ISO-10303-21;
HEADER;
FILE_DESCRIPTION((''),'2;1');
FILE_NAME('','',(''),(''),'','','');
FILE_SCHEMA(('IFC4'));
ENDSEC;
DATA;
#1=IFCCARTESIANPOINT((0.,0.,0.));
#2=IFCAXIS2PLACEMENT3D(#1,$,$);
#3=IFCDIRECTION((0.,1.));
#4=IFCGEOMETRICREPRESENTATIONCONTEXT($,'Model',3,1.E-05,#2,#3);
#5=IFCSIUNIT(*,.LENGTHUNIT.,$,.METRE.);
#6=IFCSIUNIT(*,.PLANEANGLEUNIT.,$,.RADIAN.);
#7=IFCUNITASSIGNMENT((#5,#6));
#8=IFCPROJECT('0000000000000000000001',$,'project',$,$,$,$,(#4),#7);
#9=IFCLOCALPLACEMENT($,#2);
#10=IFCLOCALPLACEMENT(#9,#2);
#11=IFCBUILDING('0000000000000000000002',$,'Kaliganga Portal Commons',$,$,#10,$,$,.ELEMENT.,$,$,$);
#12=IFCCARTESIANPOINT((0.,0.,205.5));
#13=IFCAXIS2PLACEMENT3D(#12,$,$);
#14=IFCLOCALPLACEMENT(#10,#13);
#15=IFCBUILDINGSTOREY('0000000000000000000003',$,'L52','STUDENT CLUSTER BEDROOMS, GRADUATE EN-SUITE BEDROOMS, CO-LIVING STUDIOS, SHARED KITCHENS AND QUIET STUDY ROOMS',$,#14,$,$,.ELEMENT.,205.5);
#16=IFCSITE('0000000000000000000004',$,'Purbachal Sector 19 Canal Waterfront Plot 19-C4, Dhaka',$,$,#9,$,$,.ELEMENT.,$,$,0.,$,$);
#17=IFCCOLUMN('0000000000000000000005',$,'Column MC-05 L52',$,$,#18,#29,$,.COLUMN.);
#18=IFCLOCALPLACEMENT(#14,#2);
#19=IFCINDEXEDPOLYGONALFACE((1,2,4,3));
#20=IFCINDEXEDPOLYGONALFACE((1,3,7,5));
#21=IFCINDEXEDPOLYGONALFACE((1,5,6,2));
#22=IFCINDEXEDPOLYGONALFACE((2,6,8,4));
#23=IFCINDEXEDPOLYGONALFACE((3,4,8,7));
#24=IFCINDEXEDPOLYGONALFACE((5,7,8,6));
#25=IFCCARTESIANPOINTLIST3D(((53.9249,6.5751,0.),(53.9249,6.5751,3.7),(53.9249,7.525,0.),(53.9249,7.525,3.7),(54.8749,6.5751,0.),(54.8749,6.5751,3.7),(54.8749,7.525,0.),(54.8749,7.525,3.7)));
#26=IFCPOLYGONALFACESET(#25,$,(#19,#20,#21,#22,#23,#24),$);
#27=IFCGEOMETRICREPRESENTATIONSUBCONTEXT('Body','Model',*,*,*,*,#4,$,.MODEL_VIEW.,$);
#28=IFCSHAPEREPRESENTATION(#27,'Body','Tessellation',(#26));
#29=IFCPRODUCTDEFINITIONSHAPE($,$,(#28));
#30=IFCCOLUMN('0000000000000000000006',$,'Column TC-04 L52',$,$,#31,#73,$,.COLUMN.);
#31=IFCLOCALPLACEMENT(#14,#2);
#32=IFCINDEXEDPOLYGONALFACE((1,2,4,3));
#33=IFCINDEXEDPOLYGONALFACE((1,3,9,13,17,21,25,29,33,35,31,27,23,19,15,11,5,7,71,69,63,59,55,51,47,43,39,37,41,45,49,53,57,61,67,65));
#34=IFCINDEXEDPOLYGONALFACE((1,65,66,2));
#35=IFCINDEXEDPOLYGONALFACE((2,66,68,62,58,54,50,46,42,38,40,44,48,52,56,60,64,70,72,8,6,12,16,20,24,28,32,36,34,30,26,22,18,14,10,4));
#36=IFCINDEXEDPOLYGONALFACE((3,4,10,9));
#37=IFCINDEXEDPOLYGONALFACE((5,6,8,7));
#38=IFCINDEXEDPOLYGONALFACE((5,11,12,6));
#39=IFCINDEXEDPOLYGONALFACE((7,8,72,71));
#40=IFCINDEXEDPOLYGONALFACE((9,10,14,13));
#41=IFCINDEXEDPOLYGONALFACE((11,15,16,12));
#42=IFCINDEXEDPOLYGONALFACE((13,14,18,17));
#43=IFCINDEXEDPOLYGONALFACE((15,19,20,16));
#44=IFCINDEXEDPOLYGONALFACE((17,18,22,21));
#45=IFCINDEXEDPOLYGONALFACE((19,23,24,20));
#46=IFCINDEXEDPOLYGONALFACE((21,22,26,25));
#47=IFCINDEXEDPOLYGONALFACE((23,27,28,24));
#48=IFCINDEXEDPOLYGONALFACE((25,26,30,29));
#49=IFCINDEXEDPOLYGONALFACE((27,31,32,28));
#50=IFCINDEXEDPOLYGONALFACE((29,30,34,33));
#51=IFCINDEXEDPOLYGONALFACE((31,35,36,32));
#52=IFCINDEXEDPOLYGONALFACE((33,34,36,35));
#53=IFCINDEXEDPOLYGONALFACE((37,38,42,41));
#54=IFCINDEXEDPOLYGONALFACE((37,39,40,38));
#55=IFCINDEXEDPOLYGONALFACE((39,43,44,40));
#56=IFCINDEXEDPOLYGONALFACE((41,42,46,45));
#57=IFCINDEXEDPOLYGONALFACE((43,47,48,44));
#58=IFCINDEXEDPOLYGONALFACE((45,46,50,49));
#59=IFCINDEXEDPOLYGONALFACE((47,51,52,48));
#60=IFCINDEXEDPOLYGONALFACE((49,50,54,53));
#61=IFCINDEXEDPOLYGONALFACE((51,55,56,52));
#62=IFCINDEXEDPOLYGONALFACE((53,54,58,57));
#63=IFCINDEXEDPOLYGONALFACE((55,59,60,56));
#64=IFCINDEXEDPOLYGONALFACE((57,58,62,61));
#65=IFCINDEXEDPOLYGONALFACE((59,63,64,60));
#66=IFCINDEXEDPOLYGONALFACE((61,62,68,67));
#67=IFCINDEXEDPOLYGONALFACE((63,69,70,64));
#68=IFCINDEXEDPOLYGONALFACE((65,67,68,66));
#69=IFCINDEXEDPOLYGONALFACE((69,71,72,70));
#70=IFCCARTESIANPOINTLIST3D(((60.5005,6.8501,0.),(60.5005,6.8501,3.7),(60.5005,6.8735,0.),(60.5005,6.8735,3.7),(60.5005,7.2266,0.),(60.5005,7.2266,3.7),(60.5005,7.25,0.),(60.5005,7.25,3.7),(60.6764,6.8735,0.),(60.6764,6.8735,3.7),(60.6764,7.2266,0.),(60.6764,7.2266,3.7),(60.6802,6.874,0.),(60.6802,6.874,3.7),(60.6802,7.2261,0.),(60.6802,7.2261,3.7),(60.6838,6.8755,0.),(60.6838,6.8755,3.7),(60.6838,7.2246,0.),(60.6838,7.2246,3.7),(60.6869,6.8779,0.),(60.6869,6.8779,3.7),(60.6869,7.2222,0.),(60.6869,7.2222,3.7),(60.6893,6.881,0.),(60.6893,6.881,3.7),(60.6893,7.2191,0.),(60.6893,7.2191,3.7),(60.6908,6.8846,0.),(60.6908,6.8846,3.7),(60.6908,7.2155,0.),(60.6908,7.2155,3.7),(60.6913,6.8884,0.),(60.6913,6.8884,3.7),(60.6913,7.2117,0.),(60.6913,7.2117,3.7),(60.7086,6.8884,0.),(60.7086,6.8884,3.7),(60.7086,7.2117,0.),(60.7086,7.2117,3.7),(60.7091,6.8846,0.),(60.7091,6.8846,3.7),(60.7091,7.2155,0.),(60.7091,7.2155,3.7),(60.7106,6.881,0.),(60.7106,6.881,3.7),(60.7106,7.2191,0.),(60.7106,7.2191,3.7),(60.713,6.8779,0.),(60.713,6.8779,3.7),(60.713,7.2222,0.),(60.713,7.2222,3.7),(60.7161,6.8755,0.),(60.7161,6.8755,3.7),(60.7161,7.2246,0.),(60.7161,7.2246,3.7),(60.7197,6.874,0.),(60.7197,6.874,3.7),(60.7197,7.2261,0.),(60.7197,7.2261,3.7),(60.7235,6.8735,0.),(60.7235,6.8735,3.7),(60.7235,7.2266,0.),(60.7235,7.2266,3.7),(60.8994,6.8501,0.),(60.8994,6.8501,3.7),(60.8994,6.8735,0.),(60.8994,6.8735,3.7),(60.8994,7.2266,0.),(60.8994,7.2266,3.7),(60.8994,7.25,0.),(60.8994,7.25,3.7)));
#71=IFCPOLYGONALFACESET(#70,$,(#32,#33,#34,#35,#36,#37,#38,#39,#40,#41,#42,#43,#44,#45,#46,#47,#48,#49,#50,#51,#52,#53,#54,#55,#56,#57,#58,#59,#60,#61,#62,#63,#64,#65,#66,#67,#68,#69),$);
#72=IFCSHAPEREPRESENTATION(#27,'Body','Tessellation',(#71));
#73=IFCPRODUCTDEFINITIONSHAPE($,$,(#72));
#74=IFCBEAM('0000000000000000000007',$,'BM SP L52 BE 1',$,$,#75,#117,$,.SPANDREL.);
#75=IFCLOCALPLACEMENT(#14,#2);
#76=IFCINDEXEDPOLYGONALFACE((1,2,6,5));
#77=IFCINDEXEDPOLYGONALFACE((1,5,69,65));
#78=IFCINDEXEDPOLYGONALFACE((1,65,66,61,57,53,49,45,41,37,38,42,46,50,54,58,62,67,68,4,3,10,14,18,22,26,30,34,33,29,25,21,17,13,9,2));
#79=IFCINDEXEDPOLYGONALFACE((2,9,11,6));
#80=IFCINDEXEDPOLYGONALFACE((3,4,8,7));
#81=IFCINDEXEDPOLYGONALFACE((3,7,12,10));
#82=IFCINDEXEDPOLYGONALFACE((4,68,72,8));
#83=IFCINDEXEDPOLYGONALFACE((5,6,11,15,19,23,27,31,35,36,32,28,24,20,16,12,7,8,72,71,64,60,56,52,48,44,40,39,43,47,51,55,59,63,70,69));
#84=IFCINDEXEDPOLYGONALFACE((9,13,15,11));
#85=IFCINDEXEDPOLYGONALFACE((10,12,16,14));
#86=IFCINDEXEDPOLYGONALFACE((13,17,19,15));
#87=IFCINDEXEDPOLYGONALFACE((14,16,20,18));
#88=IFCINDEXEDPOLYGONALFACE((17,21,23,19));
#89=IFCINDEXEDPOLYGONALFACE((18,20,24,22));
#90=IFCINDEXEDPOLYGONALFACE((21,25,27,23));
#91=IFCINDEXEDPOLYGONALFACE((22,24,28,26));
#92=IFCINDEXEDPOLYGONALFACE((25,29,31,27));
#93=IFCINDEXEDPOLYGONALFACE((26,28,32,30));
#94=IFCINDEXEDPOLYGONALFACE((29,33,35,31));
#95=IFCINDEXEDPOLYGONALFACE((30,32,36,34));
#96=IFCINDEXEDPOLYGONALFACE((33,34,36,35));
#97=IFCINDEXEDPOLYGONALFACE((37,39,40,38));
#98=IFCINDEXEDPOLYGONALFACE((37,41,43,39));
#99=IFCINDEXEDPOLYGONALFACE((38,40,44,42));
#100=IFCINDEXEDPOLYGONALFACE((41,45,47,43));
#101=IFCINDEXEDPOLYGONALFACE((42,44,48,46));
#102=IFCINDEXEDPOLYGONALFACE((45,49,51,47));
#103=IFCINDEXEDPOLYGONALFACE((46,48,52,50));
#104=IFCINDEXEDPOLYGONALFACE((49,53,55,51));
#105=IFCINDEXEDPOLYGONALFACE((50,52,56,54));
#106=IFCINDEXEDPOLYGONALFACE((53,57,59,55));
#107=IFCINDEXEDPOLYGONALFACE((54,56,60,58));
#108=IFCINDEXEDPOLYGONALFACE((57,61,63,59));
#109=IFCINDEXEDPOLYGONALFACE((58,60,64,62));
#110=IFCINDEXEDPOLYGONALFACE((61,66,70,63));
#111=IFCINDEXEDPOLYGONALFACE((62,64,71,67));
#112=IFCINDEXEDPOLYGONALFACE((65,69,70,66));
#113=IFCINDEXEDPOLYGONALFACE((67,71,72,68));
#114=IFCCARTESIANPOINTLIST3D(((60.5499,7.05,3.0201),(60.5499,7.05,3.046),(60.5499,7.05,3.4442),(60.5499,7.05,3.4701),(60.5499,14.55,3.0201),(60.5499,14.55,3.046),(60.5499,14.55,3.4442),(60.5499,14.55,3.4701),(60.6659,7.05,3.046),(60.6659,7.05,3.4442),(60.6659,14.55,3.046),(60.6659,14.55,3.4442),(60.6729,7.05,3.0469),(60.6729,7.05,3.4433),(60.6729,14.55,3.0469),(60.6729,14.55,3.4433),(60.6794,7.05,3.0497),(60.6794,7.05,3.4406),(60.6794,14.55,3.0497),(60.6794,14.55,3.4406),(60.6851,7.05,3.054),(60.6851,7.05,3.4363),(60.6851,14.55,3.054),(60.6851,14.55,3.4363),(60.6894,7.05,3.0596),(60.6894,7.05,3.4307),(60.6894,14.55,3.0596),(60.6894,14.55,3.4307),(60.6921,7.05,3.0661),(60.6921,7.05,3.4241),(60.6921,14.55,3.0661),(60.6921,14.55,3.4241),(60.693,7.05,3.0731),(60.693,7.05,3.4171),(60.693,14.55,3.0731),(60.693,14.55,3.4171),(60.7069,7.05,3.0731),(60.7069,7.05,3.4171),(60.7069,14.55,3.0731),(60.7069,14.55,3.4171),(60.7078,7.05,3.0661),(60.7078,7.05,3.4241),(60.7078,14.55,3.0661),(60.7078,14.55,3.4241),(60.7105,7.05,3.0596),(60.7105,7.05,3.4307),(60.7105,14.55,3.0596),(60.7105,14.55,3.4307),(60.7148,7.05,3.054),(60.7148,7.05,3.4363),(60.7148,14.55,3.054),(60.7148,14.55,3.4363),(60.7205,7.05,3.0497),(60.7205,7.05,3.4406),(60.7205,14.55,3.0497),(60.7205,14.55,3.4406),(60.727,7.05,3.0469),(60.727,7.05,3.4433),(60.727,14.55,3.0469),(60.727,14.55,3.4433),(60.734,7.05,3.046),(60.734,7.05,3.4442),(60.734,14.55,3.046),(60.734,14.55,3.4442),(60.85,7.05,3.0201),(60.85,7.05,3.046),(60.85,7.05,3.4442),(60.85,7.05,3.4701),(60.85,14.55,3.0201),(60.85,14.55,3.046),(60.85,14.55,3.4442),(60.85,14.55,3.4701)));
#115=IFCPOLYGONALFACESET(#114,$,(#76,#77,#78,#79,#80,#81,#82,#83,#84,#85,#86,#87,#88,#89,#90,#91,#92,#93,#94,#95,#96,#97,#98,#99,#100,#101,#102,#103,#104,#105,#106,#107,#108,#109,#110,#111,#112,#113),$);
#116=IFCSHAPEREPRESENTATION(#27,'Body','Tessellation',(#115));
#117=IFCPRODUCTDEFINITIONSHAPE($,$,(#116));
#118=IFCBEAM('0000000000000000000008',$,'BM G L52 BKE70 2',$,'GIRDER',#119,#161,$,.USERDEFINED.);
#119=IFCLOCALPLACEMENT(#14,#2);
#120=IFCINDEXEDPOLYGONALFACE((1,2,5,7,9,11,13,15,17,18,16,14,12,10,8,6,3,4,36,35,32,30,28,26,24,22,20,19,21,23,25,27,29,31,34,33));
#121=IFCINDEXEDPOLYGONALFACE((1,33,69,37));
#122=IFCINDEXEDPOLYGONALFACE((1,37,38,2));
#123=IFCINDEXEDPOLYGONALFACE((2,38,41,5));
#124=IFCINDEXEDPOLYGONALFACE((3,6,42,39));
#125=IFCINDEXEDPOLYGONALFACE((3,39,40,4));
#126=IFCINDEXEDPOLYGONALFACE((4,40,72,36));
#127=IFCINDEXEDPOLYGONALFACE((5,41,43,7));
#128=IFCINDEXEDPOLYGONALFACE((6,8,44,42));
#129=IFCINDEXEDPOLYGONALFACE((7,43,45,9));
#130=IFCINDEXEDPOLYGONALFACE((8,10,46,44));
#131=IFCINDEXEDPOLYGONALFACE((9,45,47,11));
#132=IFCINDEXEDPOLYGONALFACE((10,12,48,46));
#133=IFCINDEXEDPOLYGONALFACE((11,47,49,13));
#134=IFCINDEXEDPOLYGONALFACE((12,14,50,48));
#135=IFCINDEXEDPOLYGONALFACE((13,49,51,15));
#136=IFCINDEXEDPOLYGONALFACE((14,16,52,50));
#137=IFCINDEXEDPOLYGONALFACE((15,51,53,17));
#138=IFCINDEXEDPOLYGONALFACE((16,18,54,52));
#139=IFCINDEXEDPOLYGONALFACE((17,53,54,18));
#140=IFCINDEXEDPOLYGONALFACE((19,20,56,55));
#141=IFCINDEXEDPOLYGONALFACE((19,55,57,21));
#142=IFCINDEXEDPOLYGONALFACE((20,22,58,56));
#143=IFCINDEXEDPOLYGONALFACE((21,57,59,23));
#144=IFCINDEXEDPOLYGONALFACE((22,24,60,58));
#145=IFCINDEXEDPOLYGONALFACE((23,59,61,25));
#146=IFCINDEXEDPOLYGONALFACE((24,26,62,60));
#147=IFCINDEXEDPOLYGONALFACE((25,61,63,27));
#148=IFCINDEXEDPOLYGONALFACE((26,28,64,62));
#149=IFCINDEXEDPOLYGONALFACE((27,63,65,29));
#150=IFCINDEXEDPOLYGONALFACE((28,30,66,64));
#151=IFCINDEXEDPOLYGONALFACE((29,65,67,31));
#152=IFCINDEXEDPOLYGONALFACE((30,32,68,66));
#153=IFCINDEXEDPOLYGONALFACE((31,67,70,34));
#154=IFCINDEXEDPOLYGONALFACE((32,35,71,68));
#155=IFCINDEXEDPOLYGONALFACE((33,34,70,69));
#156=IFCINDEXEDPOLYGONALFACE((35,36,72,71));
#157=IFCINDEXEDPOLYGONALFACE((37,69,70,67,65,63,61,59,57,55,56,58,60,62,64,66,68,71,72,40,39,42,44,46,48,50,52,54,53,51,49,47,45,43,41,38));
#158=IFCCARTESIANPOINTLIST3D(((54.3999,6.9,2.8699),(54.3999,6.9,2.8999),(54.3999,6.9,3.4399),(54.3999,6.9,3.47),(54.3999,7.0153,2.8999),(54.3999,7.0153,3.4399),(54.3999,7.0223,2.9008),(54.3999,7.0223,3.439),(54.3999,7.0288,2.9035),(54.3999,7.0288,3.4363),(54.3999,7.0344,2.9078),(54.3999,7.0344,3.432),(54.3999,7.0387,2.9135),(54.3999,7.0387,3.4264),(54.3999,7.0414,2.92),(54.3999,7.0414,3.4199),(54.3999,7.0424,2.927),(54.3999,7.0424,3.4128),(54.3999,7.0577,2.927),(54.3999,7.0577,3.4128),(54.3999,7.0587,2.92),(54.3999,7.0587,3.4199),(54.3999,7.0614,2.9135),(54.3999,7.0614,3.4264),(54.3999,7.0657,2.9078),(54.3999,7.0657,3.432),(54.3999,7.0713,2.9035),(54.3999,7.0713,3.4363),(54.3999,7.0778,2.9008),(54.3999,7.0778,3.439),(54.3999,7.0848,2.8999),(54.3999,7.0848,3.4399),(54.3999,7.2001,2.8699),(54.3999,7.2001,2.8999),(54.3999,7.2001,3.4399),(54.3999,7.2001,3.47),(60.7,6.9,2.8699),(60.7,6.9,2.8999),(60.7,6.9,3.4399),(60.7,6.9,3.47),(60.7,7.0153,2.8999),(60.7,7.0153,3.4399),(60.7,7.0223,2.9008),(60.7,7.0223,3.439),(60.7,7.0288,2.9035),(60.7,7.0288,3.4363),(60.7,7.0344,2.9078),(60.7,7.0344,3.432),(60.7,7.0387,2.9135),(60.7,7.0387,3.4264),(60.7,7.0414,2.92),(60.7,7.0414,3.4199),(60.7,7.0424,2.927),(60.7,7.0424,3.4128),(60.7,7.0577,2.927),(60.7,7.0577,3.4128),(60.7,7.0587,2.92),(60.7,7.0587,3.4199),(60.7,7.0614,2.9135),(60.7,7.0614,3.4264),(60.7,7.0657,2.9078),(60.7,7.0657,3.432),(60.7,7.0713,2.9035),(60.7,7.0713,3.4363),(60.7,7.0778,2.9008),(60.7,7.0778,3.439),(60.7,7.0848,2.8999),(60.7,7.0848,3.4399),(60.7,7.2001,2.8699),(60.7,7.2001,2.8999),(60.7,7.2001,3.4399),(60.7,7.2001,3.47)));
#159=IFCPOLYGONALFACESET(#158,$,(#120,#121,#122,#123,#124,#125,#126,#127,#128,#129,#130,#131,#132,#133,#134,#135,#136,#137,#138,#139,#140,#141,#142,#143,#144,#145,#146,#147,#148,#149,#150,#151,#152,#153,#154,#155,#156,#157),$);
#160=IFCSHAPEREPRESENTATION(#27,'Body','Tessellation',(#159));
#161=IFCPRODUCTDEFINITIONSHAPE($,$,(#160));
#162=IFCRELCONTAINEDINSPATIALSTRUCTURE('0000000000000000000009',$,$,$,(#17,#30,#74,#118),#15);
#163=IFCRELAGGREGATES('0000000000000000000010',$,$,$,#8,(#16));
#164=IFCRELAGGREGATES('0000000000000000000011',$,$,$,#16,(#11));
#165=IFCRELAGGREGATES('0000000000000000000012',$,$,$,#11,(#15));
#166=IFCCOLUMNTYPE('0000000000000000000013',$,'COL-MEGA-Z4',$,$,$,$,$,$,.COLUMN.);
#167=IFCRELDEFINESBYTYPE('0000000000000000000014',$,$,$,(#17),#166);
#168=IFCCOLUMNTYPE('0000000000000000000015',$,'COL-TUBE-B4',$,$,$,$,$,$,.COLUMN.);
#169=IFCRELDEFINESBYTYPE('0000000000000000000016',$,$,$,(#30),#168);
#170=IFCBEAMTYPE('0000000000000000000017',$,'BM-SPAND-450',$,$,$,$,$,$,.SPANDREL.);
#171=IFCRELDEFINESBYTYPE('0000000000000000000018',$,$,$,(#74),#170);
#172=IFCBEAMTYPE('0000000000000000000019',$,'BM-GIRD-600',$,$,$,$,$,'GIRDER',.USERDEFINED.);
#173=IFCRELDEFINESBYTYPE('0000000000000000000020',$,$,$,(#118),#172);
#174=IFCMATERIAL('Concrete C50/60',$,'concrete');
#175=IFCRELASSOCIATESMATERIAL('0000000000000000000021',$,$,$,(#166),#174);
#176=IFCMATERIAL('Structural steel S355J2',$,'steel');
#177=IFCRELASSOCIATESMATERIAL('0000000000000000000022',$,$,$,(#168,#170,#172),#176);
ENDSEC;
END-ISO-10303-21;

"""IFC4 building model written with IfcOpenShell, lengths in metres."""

from ifc_helpers import new_model, si_unit, direction, frame, origin, origin_2d, place, context, subcontext, project, spatial, rectangle, i_section, extrude, source, transform, mapped, material, material_profile, profile_set, type_object, element, save


model = new_model("IFC4")

# Units and contexts
model_context = context("Model", 3, precision=1e-05, world=origin(), true_north=direction((0.0, 1.0)))
body_context = subcontext(model_context, "Body", "Model", "MODEL_VIEW")
ifc_project = project(units=[si_unit("LENGTHUNIT", "METRE"), si_unit("PLANEANGLEUNIT", "RADIAN")], contexts=[model_context])

# Site, building, storey
site_placement = place(None, origin())
site = spatial("IfcSite", under=ifc_project, at=site_placement, Name="Purbachal Sector 19 Canal Waterfront Plot 19-C4, Dhaka", CompositionType="ELEMENT", RefElevation=0.0)
building_placement = place(site_placement, origin())
building = spatial("IfcBuilding", under=site, at=building_placement, Name="Kaliganga Portal Commons", CompositionType="ELEMENT")
storey_placement = place(building_placement, frame((0.0, 0.0, 205.5)))
storey = spatial("IfcBuildingStorey", under=building, at=storey_placement, Name="L52", Description="STUDENT CLUSTER BEDROOMS, GRADUATE EN-SUITE BEDROOMS, CO-LIVING STUDIOS, SHARED KITCHENS AND QUIET STUDY ROOMS", CompositionType="ELEMENT", Elevation=205.5)

# Columns
ifc_material_1 = material(Name="Concrete C50/60", Category="concrete")
ifc_material_profile_1 = material_profile(ifc_material_1, rectangle(XDim=0.95, YDim=0.95, at=origin_2d()), Name="RC 950x950")
ifc_profile_set_1 = profile_set([ifc_material_profile_1], Name="Concrete C50/60")
column_type_1 = type_object("IfcColumnType", Name="COL-MEGA-Z4", PredefinedType="COLUMN", material=ifc_profile_set_1)
shared_shape_1 = source(origin(), body_context, "Body", "SweptSolid", [
    extrude(rectangle(XDim=0.95, YDim=0.95, at=origin_2d()), origin(), (0.0, 0.0, 1.0), 3.7),
])
column_1_placement = place(storey_placement, frame((54.3999, 7.05, 0.0), z_axis=(0.0, 0.0, 1.0), x_axis=(1.0, 0.0, 0.0)))
element("IfcColumn", 1, at=column_1_placement, inside=storey, type_object=column_type_1, Name="Column MC-05 L52", PredefinedType="COLUMN", context=body_context, shape_type="MappedRepresentation", body=[
    mapped(shared_shape_1, transform((0.0, 0.0, 0.0), x_axis=(1.0, 0.0, 0.0), y_axis=(0.0, 1.0, 0.0), z_axis=(0.0, 0.0, 1.0), scale=1.0)),
])
ifc_material_2 = material(Name="Structural steel S355J2", Category="steel")
ifc_material_profile_2 = material_profile(ifc_material_2, i_section(OverallWidth=0.3989, OverallDepth=0.3999, WebThickness=0.0173, FlangeThickness=0.0234, FilletRadius=0.0149, at=origin_2d()), Name="HD 400x287")
ifc_profile_set_2 = profile_set([ifc_material_profile_2], Name="Structural steel S355J2 wide-flange")
column_type_2 = type_object("IfcColumnType", Name="COL-TUBE-B4", PredefinedType="COLUMN", material=ifc_profile_set_2)
shared_shape_2 = source(origin(), body_context, "Body", "SweptSolid", [
    extrude(i_section(OverallWidth=0.3989, OverallDepth=0.3999, WebThickness=0.0173, FlangeThickness=0.0234, FilletRadius=0.0149, at=origin_2d()), origin(), (0.0, 0.0, 1.0), 3.7),
])
column_2_placement = place(storey_placement, frame((60.7, 7.05, 0.0), z_axis=(0.0, 0.0, 1.0), x_axis=(1.0, 0.0, 0.0)))
element("IfcColumn", 2, at=column_2_placement, inside=storey, type_object=column_type_2, Name="Column TC-04 L52", PredefinedType="COLUMN", context=body_context, shape_type="MappedRepresentation", body=[
    mapped(shared_shape_2, transform((0.0, 0.0, 0.0), x_axis=(1.0, 0.0, 0.0), y_axis=(0.0, 1.0, 0.0), z_axis=(0.0, 0.0, 1.0), scale=1.0)),
])

# Beams
ifc_material_profile_3 = material_profile(ifc_material_2, i_section(OverallWidth=0.3, OverallDepth=0.45, WebThickness=0.0139, FlangeThickness=0.0259, FilletRadius=0.0271, at=origin_2d()), Name="HE 450 B")
ifc_profile_set_3 = profile_set([ifc_material_profile_3], Name="Structural steel S355J2 wide-flange")
beam_type_1 = type_object("IfcBeamType", Name="BM-SPAND-450", PredefinedType="SPANDREL", material=ifc_profile_set_3)
shared_shape_3 = source(origin(), body_context, "Body", "SweptSolid", [
    extrude(i_section(OverallWidth=0.3, OverallDepth=0.45, WebThickness=0.0139, FlangeThickness=0.0259, FilletRadius=0.0271, at=origin_2d()), origin(), (0.0, 0.0, 1.0), 7.5),
])
beam_1_placement = place(storey_placement, frame((60.7, 7.05, 3.2451), z_axis=(0.0, 1.0, 0.0), x_axis=(-1.0, 0.0, 0.0)))
element("IfcBeam", 3, at=beam_1_placement, inside=storey, type_object=beam_type_1, Name="BM SP L52 BE 1", PredefinedType="SPANDREL", context=body_context, shape_type="MappedRepresentation", body=[
    mapped(shared_shape_3, transform((0.0, 0.0, 0.0), x_axis=(1.0, 0.0, 0.0), y_axis=(0.0, 1.0, 0.0), z_axis=(0.0, 0.0, 1.0), scale=1.0)),
])
ifc_material_profile_4 = material_profile(ifc_material_2, i_section(OverallWidth=0.3, OverallDepth=0.6001, WebThickness=0.0154, FlangeThickness=0.03, FilletRadius=0.0271, at=origin_2d()), Name="HE 600 B")
ifc_profile_set_4 = profile_set([ifc_material_profile_4], Name="Structural steel S355J2 wide-flange")
beam_type_2 = type_object("IfcBeamType", Name="BM-GIRD-600", ElementType="GIRDER", PredefinedType="USERDEFINED", material=ifc_profile_set_4)
shared_shape_4 = source(origin(), body_context, "Body", "SweptSolid", [
    extrude(i_section(OverallWidth=0.3, OverallDepth=0.6001, WebThickness=0.0154, FlangeThickness=0.03, FilletRadius=0.0271, at=origin_2d()), origin(), (0.0, 0.0, 1.0), 6.3),
])
beam_2_placement = place(storey_placement, frame((54.3999, 7.05, 3.1699), z_axis=(1.0, 0.0, 0.0), x_axis=(0.0, 1.0, 0.0)))
element("IfcBeam", 4, at=beam_2_placement, inside=storey, type_object=beam_type_2, Name="BM G L52 BKE70 2", ObjectType="GIRDER", PredefinedType="USERDEFINED", context=body_context, shape_type="MappedRepresentation", body=[
    mapped(shared_shape_4, transform((0.0, 0.0, 0.0), x_axis=(1.0, 0.0, 0.0), y_axis=(0.0, 1.0, 0.0), z_axis=(0.0, 0.0, 1.0), scale=1.0)),
])

save(model, "model.ifc")
